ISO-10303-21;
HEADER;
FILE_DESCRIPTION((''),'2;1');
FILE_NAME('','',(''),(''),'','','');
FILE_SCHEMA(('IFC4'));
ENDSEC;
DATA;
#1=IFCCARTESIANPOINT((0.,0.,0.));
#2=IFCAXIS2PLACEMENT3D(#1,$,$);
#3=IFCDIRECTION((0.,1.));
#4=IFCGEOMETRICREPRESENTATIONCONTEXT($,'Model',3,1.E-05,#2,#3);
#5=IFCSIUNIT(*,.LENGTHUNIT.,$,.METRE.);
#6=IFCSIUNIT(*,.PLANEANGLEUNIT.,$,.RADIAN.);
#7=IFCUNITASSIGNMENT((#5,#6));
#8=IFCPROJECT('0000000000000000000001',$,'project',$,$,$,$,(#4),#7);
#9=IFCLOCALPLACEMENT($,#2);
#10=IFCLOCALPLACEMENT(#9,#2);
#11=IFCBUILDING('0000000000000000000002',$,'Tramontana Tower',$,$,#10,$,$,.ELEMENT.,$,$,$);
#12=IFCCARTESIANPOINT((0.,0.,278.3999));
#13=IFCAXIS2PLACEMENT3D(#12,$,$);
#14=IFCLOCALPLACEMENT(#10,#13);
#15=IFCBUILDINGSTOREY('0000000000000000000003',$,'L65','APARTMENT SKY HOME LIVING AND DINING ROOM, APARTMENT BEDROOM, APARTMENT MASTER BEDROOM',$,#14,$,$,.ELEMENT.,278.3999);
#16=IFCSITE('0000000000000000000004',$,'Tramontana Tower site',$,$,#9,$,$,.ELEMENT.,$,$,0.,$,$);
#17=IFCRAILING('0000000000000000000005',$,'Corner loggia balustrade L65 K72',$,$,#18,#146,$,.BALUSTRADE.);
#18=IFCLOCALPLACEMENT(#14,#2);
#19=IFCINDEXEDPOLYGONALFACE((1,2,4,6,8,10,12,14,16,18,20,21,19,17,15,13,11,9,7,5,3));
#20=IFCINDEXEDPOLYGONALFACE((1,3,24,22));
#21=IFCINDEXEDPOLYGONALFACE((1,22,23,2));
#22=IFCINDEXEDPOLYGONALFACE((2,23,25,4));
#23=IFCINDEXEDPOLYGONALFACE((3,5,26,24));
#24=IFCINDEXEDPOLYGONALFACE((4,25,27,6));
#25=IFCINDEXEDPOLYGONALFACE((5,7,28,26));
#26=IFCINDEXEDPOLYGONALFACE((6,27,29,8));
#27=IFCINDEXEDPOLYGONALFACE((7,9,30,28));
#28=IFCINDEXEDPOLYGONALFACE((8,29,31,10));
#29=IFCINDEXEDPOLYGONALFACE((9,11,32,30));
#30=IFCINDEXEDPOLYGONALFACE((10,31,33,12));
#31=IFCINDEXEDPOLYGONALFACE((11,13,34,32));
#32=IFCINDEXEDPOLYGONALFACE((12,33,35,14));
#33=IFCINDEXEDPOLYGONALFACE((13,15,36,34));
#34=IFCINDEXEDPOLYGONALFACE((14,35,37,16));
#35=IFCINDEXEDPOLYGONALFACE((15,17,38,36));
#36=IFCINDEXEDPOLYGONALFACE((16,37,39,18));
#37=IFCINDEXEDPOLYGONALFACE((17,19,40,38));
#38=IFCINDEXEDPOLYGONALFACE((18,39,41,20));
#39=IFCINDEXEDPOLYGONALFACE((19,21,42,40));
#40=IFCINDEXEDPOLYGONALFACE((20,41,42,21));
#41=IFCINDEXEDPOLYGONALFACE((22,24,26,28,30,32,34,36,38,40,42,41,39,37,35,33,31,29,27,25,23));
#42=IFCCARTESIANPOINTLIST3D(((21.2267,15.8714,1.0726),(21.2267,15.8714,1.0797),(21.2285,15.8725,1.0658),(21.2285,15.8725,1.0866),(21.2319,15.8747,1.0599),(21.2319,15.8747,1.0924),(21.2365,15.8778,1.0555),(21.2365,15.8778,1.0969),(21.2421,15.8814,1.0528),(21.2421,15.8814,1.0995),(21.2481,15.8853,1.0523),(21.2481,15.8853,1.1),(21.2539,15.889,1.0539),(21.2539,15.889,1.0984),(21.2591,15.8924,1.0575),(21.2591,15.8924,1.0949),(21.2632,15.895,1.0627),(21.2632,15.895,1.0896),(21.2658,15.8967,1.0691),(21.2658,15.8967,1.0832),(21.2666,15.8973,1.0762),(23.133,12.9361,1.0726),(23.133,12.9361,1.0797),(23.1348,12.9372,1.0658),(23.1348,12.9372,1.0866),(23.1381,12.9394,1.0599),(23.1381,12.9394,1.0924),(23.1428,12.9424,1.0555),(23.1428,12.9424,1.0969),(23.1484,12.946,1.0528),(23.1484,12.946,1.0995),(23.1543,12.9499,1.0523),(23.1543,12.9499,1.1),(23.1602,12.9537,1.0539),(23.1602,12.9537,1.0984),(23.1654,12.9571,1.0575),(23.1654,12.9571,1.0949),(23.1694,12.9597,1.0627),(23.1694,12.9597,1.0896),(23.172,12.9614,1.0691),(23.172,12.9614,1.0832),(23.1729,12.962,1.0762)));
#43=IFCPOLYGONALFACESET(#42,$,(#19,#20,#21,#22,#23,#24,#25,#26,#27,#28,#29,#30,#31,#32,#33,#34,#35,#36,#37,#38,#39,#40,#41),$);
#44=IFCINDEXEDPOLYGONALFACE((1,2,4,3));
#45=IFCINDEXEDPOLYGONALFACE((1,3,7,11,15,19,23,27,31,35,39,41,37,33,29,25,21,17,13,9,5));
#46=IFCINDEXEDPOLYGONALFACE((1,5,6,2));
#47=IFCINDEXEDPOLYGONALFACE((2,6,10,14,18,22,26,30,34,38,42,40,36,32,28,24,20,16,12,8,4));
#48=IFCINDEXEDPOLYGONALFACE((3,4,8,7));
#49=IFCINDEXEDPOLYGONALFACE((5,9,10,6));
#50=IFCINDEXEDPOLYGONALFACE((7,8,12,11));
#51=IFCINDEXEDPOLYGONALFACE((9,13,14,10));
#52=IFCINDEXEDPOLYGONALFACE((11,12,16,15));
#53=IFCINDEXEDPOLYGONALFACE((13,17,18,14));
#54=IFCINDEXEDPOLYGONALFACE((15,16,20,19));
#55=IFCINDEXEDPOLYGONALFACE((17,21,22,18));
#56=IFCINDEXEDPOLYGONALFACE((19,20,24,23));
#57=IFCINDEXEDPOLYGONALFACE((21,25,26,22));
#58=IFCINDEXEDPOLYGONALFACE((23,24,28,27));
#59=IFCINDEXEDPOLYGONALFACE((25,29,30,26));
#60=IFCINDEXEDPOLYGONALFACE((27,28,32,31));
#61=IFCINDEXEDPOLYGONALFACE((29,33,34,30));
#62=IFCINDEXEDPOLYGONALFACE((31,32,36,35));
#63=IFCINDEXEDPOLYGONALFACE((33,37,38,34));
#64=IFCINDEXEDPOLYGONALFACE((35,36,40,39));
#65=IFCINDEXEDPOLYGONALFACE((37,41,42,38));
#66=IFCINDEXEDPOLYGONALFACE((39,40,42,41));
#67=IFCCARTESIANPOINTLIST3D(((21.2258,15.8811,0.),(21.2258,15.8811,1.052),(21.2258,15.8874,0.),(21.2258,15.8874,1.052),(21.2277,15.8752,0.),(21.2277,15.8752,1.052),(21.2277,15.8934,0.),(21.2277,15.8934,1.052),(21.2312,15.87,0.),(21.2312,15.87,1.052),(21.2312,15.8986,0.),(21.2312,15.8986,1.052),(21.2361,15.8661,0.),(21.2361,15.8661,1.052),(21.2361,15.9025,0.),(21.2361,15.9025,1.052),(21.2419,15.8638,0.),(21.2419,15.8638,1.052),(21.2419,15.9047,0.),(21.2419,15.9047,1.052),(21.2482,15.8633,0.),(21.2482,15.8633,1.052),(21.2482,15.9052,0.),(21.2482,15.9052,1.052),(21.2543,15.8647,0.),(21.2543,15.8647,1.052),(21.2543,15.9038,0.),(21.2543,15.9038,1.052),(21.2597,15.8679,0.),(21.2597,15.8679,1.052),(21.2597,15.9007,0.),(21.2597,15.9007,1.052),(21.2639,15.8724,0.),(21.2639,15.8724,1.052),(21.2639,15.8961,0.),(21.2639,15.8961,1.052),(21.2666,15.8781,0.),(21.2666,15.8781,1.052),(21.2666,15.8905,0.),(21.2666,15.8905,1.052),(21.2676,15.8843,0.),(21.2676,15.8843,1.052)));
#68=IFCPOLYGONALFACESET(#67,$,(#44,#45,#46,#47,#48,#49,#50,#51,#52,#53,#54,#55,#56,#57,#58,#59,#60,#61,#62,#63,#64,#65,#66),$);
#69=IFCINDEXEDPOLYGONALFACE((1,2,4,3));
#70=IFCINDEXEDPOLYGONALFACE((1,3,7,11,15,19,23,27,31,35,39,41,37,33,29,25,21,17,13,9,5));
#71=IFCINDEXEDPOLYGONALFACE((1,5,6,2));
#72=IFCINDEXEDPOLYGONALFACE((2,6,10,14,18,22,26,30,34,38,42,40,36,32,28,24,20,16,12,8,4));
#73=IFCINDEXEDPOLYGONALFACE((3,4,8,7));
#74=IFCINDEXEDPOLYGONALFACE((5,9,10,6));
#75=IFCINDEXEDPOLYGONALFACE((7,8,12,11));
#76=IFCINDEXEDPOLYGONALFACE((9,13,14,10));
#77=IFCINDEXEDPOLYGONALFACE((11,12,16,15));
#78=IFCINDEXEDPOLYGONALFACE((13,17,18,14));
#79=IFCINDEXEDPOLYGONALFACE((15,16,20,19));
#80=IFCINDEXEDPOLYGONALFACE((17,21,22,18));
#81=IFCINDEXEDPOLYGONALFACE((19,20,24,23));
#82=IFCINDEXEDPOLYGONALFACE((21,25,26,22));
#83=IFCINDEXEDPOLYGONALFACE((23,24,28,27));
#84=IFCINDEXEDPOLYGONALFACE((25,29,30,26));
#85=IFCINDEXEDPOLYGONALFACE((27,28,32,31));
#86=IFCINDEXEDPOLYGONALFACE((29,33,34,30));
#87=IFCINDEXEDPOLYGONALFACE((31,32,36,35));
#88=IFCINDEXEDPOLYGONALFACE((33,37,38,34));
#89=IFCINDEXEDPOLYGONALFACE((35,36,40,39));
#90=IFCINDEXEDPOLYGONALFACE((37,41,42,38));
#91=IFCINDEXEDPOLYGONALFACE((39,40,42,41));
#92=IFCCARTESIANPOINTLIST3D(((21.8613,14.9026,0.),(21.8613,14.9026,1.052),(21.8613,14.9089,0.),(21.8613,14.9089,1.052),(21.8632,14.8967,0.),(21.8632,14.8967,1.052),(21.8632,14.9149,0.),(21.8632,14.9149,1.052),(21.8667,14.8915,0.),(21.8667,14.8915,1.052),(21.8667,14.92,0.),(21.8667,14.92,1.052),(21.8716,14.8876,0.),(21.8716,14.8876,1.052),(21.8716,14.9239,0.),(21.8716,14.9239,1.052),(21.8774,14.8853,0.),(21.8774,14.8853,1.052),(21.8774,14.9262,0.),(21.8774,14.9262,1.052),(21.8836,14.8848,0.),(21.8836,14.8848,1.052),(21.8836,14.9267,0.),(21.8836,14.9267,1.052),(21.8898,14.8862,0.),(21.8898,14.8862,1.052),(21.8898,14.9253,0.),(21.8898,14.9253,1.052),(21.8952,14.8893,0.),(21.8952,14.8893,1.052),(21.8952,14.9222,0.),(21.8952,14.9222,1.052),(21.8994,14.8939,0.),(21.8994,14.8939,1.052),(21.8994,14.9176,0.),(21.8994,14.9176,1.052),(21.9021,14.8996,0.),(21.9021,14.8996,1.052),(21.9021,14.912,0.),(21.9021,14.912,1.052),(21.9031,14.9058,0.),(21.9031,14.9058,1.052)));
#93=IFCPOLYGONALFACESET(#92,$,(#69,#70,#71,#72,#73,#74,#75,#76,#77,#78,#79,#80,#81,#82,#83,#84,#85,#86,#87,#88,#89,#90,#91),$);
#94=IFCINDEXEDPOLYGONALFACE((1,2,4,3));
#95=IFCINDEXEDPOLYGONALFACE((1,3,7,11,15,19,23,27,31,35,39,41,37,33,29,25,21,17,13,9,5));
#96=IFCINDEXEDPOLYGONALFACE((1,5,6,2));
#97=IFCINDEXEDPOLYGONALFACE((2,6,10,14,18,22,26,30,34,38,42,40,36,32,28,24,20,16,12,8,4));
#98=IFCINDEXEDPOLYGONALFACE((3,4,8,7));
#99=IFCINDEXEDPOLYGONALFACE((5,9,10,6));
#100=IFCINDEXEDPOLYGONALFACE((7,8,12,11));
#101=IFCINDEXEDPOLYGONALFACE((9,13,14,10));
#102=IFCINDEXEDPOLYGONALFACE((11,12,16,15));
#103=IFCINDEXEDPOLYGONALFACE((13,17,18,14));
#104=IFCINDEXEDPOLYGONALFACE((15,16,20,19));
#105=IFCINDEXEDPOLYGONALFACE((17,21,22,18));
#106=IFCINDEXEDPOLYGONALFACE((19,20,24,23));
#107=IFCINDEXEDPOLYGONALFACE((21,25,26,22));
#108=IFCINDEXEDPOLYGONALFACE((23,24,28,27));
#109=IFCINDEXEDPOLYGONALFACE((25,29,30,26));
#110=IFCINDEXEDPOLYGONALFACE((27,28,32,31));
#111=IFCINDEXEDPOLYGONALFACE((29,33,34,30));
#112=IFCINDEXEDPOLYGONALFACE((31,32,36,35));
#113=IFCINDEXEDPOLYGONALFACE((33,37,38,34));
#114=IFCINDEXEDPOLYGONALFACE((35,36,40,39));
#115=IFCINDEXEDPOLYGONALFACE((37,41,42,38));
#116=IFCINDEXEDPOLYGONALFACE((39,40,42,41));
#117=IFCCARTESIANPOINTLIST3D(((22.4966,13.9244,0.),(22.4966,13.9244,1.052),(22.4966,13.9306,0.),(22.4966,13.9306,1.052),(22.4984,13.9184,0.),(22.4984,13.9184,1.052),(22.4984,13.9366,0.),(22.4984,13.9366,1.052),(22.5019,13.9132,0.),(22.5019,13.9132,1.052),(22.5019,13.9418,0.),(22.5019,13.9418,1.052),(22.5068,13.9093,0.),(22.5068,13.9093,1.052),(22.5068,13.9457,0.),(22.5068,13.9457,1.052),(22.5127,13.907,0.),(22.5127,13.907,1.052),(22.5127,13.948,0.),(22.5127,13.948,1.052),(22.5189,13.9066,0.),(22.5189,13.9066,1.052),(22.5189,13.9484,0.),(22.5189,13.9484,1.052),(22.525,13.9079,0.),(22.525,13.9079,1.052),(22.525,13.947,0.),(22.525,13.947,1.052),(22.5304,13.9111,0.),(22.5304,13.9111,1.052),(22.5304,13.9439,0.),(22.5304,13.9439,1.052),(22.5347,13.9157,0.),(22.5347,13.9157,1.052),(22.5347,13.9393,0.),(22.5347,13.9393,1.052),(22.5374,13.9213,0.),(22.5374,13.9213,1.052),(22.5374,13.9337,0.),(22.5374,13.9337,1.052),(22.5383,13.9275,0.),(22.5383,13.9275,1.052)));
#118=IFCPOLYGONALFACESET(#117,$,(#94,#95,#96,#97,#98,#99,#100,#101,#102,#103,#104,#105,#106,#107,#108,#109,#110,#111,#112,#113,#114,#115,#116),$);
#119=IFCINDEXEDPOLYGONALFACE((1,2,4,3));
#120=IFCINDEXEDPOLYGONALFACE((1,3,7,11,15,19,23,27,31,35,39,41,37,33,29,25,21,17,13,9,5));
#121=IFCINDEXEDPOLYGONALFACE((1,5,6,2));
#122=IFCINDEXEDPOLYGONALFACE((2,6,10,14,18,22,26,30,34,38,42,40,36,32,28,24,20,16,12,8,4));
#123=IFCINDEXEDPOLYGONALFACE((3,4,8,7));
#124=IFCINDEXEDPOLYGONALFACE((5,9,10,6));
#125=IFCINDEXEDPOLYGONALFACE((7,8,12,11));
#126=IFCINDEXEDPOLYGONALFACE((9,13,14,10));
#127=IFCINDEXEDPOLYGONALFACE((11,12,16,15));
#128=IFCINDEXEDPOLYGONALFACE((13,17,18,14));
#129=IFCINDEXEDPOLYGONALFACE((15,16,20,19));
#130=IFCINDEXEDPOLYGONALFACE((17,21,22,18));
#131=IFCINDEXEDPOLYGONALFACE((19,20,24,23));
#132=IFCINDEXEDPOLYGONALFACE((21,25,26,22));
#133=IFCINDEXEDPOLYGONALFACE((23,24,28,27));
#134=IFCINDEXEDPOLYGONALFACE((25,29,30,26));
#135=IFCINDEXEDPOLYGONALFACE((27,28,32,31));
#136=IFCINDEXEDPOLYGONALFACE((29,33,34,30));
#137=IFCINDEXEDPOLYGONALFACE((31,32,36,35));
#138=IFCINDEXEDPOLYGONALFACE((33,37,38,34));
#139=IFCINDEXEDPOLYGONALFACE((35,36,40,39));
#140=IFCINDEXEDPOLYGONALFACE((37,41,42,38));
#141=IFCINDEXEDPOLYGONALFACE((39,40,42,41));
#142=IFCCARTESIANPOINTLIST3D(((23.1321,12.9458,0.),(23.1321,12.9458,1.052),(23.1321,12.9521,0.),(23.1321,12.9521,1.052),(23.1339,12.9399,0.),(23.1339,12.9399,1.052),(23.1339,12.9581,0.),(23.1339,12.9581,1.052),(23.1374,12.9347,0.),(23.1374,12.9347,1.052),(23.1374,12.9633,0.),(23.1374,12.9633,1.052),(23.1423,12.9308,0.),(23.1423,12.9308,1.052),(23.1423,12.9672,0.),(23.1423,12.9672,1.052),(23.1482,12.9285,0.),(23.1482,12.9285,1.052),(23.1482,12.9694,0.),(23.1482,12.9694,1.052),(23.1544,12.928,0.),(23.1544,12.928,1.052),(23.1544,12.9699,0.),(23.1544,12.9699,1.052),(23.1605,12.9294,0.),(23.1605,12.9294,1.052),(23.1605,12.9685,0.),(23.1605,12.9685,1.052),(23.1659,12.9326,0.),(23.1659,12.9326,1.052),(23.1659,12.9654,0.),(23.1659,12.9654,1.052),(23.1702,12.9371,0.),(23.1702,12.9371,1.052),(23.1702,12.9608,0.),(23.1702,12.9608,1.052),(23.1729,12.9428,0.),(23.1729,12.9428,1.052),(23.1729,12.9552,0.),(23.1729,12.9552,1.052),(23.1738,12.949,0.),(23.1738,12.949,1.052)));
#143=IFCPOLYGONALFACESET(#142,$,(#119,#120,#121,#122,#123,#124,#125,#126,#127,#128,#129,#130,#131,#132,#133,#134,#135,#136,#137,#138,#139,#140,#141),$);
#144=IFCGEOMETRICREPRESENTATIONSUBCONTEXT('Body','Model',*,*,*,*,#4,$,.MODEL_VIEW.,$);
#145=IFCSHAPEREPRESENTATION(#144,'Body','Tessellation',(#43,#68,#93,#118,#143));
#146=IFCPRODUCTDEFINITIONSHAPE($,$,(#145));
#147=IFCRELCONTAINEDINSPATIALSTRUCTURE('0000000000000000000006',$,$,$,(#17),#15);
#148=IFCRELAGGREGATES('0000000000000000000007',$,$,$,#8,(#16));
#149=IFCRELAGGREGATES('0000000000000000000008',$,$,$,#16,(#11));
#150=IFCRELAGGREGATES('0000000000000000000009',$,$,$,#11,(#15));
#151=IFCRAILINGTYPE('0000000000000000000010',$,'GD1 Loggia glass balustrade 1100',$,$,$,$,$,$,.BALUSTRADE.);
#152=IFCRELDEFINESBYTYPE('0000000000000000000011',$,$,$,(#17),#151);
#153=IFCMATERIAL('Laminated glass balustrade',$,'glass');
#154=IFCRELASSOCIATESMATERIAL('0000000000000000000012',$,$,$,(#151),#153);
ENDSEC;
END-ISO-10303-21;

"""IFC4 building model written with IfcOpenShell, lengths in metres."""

from ifc_helpers import new_model, si_unit, direction, frame, origin, origin_2d, place, context, subcontext, project, spatial, circle, extrude, material, type_object, element, save


model = new_model("IFC4")

# Units and contexts
model_context = context("Model", 3, precision=1e-05, world=origin(), true_north=direction((0.0, 1.0)))
body_context = subcontext(model_context, "Body", "Model", "MODEL_VIEW")
ifc_project = project(units=[si_unit("LENGTHUNIT", "METRE"), si_unit("PLANEANGLEUNIT", "RADIAN")], contexts=[model_context])

# Site, building, storey
site_placement = place(None, origin())
site = spatial("IfcSite", under=ifc_project, at=site_placement, Name="Tramontana Tower site", CompositionType="ELEMENT", RefElevation=0.0)
building_placement = place(site_placement, origin())
building = spatial("IfcBuilding", under=site, at=building_placement, Name="Tramontana Tower", CompositionType="ELEMENT")
storey_placement = place(building_placement, frame((0.0, 0.0, 278.3999)))
storey = spatial("IfcBuildingStorey", under=building, at=storey_placement, Name="L65", Description="APARTMENT SKY HOME LIVING AND DINING ROOM, APARTMENT BEDROOM, APARTMENT MASTER BEDROOM", CompositionType="ELEMENT", Elevation=278.3999)

# Railing
ifc_material_1 = material(Name="Laminated glass balustrade", Category="glass")
railing_type = type_object("IfcRailingType", Name="GD1 Loggia glass balustrade 1100", PredefinedType="BALUSTRADE", material=ifc_material_1)
railing_1_placement = place(storey_placement, frame((21.2466, 15.8843, 0.0)))
element("IfcRailing", 1, at=railing_1_placement, inside=storey, type_object=railing_type, Name="Corner loggia balustrade L65 K72", PredefinedType="BALUSTRADE", context=body_context, shape_type="SweptSolid", body=[
    extrude(circle(Radius=0.0239, at=origin_2d()), frame((0.0, 0.0, 1.0762), z_axis=(0.544647, -0.838665, 0.0), x_axis=(0.838665, 0.544647, 0.0)), (0.0, 0.0, 1.0), 3.5),
    extrude(circle(Radius=0.021, at=origin_2d()), origin(), (0.0, 0.0, 1.0), 1.052),
    extrude(circle(Radius=0.021, at=origin_2d()), frame((0.6355, -0.9785, 0.0)), (0.0, 0.0, 1.0), 1.052),
    extrude(circle(Radius=0.021, at=origin_2d()), frame((1.2708, -1.9568, 0.0)), (0.0, 0.0, 1.0), 1.052),
    extrude(circle(Radius=0.021, at=origin_2d()), frame((1.9062, -2.9353, 0.0)), (0.0, 0.0, 1.0), 1.052),
])

save(model, "model.ifc")
